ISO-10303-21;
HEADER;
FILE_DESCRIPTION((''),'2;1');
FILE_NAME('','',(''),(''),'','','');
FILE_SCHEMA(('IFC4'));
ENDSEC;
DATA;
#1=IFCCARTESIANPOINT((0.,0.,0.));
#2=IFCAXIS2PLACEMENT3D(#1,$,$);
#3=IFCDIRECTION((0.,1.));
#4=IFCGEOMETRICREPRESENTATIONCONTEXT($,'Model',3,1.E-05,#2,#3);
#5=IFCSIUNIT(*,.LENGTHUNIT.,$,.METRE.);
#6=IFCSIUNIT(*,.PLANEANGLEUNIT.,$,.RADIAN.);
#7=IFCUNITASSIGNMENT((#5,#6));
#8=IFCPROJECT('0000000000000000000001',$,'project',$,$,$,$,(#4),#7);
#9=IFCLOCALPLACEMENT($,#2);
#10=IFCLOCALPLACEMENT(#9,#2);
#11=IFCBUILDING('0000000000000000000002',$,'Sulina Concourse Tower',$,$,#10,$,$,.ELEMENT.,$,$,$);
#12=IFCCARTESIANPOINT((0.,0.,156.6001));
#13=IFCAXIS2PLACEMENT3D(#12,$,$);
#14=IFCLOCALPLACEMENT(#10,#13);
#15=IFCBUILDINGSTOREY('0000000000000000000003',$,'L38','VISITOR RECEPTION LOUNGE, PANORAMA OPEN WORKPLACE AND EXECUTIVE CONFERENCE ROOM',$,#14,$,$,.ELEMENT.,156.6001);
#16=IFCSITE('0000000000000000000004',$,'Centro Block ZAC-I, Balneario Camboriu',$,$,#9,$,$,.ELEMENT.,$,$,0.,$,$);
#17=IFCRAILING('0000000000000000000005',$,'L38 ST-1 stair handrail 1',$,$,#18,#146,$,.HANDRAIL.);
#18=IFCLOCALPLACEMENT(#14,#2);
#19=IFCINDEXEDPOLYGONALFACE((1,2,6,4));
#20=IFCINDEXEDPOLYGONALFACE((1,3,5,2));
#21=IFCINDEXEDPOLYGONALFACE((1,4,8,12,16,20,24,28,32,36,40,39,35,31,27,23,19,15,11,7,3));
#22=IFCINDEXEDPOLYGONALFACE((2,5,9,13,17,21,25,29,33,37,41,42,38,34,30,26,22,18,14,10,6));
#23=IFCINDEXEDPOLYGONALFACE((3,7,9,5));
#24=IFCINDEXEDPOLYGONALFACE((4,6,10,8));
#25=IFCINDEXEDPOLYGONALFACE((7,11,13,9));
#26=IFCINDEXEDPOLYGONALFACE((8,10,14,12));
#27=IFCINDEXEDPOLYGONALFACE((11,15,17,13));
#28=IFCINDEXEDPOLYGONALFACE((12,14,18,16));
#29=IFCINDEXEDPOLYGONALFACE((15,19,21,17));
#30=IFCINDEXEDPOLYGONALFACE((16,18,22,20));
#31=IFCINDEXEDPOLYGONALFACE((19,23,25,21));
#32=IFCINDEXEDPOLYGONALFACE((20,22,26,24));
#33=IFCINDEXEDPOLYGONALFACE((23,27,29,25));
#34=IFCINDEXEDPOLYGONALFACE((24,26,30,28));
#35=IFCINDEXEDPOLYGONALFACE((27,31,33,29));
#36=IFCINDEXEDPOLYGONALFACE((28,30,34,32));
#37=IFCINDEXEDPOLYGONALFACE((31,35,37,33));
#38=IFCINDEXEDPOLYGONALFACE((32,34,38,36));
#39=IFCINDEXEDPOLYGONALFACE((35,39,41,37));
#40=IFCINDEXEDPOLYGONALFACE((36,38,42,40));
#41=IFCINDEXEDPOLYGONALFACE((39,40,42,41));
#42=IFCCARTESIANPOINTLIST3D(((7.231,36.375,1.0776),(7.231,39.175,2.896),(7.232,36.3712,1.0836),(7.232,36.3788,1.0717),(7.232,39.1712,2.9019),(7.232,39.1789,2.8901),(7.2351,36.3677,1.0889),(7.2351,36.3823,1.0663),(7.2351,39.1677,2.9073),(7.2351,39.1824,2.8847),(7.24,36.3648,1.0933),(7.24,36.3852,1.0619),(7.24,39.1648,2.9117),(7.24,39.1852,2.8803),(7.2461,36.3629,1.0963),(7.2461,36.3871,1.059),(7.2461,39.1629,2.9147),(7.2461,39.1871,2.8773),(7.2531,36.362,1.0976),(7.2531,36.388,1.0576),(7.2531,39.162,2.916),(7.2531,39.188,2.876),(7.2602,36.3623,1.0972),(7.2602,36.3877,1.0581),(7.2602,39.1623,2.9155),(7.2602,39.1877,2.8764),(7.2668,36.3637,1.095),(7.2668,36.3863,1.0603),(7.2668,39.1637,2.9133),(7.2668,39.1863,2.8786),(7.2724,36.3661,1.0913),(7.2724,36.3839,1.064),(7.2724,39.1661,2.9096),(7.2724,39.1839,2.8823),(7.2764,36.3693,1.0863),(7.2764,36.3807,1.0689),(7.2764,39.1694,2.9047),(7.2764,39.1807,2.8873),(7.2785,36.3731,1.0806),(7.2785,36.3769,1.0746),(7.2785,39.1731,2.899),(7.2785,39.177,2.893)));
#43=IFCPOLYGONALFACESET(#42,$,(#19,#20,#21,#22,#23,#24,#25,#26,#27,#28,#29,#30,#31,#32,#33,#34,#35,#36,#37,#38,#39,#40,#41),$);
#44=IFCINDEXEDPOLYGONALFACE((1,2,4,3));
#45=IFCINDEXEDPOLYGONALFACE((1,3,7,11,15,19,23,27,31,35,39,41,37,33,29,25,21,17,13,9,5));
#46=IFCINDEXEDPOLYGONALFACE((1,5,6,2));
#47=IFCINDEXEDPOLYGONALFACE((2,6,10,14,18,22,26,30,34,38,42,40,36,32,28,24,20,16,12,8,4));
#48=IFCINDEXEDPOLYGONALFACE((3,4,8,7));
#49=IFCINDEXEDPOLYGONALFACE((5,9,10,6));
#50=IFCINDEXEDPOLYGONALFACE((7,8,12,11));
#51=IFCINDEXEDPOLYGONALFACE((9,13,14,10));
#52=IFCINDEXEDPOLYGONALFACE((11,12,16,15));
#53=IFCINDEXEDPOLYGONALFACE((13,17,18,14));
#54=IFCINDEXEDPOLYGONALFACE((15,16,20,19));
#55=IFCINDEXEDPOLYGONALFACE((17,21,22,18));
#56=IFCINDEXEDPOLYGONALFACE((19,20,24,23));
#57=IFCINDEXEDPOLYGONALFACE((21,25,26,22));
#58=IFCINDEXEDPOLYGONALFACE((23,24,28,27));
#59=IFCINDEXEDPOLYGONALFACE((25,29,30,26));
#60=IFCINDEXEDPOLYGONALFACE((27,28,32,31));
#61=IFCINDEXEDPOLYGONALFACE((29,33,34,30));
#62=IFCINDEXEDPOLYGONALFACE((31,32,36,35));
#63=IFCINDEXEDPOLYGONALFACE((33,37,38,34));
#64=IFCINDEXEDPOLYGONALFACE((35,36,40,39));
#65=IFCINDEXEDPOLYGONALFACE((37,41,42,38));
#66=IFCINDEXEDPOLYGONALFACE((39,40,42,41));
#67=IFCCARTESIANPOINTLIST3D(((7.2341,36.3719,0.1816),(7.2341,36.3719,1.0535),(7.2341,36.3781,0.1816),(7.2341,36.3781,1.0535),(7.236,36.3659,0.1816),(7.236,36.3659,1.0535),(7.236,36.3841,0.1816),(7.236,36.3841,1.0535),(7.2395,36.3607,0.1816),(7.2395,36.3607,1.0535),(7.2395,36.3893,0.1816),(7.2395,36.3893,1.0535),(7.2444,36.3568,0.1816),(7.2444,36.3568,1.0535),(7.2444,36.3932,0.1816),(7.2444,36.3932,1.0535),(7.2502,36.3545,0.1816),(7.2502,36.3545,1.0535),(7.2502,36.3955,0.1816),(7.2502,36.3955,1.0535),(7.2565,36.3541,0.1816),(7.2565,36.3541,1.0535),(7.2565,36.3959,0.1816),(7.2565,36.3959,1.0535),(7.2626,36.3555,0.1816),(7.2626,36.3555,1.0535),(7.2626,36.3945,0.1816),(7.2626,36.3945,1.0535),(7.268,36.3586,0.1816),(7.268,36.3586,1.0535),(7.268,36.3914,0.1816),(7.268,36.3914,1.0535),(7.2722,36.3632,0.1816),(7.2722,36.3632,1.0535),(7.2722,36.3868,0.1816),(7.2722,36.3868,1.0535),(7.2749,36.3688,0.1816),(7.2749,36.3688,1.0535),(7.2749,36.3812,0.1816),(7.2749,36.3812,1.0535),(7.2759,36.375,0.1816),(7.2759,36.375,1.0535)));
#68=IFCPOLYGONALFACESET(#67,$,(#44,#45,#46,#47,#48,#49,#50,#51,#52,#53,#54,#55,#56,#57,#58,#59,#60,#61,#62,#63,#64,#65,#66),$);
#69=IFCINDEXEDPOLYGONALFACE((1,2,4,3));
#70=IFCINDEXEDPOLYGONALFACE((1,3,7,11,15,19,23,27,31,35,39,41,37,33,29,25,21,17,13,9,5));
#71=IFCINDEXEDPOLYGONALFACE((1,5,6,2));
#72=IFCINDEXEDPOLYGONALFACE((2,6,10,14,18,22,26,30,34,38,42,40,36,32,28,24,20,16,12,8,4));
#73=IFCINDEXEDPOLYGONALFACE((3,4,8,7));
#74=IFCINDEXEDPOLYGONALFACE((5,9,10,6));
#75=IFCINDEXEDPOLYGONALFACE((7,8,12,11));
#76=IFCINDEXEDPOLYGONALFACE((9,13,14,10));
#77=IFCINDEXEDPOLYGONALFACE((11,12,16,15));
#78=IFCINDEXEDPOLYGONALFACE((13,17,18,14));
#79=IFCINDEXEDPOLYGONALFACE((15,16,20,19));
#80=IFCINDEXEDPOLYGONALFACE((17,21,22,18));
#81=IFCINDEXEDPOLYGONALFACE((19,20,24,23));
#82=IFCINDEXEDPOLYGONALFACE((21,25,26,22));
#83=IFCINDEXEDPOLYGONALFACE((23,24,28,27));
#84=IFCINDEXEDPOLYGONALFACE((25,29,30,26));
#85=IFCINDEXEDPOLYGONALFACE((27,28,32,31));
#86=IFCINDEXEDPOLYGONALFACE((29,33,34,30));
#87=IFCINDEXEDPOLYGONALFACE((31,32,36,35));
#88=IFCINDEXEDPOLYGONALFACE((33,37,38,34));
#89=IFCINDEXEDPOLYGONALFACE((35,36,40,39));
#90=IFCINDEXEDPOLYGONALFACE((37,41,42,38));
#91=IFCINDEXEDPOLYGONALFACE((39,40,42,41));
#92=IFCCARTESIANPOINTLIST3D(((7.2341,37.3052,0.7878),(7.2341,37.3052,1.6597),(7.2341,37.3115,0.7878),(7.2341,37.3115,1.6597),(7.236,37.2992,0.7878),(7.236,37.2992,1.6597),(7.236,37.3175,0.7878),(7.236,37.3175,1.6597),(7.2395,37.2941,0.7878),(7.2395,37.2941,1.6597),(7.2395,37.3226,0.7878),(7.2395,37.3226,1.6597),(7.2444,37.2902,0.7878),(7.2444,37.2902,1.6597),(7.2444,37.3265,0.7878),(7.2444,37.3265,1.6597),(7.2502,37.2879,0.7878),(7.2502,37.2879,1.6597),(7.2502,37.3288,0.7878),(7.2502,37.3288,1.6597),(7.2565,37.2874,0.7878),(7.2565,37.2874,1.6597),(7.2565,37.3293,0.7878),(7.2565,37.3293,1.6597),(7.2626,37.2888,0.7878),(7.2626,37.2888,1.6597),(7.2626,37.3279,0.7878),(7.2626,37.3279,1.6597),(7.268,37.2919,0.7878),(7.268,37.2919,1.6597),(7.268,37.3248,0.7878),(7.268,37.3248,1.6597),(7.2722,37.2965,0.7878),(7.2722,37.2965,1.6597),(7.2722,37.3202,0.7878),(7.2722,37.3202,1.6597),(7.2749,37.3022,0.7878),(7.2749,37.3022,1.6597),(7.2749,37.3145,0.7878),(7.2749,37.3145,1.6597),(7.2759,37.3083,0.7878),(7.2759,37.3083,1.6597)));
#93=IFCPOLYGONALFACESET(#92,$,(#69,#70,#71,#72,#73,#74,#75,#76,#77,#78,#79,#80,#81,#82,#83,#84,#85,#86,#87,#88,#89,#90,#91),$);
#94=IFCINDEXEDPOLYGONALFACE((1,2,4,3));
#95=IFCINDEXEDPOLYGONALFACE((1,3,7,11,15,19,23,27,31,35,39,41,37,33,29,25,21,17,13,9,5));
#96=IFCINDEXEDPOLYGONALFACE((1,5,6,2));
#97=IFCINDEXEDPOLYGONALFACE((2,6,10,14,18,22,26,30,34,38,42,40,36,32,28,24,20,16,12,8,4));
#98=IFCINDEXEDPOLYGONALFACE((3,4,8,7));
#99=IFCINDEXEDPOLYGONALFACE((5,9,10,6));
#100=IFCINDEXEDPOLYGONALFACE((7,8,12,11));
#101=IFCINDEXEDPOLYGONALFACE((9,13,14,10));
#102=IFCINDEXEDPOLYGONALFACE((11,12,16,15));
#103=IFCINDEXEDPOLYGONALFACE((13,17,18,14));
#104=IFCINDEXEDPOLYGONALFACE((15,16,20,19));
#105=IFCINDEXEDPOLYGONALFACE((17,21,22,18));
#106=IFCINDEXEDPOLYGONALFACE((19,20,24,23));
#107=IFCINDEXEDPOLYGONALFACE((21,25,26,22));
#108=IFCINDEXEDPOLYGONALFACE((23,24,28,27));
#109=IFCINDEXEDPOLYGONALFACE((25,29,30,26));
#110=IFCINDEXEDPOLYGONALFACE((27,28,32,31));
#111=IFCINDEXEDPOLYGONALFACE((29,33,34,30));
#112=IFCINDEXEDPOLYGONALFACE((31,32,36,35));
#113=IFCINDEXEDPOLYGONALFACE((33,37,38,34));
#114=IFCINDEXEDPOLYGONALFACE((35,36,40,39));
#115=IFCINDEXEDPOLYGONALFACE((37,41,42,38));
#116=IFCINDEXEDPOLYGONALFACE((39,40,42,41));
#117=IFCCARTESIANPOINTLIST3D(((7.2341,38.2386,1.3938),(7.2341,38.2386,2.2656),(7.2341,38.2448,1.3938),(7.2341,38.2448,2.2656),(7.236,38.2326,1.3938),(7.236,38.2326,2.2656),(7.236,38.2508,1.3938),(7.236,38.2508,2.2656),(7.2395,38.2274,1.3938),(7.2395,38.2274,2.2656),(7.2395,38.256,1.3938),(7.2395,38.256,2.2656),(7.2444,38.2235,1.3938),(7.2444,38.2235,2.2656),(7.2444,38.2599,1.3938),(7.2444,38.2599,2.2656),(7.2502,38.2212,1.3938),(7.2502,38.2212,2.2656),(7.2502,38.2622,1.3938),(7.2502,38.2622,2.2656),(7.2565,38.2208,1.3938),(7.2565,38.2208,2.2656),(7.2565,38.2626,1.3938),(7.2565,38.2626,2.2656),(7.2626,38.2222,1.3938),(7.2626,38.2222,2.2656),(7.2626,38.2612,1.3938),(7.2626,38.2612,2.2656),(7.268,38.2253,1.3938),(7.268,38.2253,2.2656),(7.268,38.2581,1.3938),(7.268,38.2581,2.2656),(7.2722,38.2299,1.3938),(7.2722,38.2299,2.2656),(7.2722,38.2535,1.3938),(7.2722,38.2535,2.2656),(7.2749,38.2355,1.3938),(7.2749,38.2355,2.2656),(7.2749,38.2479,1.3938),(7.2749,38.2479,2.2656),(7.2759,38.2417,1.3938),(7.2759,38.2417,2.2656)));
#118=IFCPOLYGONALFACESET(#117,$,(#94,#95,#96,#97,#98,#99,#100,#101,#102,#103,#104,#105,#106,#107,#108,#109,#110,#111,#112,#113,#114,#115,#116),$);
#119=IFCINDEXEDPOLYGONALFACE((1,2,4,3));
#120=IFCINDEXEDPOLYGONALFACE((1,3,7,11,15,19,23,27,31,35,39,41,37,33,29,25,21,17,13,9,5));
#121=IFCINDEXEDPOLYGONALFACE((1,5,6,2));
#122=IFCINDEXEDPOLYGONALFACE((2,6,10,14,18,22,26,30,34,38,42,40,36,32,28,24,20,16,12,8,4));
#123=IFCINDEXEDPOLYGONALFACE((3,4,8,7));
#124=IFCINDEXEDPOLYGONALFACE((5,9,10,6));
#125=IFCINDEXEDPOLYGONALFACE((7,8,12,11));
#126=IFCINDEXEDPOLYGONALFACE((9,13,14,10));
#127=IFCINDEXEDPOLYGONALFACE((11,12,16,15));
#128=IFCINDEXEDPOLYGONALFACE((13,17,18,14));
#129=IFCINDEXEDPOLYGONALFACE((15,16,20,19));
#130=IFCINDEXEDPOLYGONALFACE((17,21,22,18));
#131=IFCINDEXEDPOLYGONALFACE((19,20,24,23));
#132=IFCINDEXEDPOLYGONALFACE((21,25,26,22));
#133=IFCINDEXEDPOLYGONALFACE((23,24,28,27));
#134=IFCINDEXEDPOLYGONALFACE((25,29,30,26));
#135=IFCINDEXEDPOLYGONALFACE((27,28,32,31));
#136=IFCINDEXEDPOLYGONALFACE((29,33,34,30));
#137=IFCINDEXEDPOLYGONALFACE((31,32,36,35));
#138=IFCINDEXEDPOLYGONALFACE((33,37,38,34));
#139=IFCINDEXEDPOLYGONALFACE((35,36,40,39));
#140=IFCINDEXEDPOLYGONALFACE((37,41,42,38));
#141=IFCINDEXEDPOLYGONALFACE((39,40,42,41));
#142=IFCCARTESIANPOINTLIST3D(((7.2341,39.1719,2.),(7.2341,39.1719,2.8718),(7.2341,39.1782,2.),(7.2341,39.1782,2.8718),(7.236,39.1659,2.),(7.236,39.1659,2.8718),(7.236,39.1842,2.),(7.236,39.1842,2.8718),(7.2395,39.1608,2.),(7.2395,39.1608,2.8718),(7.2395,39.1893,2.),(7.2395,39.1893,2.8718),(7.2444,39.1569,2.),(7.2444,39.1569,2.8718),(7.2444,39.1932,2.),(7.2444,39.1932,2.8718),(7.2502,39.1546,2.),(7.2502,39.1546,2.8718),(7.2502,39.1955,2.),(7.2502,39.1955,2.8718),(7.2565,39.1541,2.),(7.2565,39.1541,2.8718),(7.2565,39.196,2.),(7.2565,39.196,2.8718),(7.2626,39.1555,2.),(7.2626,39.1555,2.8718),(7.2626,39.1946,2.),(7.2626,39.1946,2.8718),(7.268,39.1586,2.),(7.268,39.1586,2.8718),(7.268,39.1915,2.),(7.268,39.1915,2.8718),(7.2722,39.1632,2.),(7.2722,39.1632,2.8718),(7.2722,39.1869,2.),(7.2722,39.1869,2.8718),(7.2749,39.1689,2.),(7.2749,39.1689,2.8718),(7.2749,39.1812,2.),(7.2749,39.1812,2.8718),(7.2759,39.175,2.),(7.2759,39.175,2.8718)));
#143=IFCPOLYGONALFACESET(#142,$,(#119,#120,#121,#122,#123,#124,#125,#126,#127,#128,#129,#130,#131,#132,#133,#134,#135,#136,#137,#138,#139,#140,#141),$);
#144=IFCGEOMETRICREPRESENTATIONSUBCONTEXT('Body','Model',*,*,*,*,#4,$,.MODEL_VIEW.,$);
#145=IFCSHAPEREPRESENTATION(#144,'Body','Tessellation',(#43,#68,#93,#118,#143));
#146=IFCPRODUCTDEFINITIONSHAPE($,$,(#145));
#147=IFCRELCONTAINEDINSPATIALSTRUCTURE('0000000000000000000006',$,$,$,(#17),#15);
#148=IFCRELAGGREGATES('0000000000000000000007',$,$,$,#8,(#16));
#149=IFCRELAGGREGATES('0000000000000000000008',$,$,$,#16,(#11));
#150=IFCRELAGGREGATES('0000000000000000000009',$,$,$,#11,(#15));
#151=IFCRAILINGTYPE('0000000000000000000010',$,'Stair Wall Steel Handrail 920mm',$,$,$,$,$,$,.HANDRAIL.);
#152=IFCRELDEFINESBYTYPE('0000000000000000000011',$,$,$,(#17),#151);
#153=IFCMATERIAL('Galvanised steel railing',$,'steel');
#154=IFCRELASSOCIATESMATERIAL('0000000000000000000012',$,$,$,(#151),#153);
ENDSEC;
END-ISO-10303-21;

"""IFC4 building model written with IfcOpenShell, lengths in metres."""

from ifc_helpers import new_model, si_unit, direction, frame, origin, origin_2d, place, context, subcontext, project, spatial, circle, extrude, material, type_object, element, save


model = new_model("IFC4")

# Units and contexts
model_context = context("Model", 3, precision=1e-05, world=origin(), true_north=direction((0.0, 1.0)))
body_context = subcontext(model_context, "Body", "Model", "MODEL_VIEW")
ifc_project = project(units=[si_unit("LENGTHUNIT", "METRE"), si_unit("PLANEANGLEUNIT", "RADIAN")], contexts=[model_context])

# Site, building, storey
site_placement = place(None, origin())
site = spatial("IfcSite", under=ifc_project, at=site_placement, Name="Centro Block ZAC-I, Balneario Camboriu", CompositionType="ELEMENT", RefElevation=0.0)
building_placement = place(site_placement, origin())
building = spatial("IfcBuilding", under=site, at=building_placement, Name="Sulina Concourse Tower", CompositionType="ELEMENT")
storey_placement = place(building_placement, frame((0.0, 0.0, 156.6001)))
storey = spatial("IfcBuildingStorey", under=building, at=storey_placement, Name="L38", Description="VISITOR RECEPTION LOUNGE, PANORAMA OPEN WORKPLACE AND EXECUTIVE CONFERENCE ROOM", CompositionType="ELEMENT", Elevation=156.6001)

# Railing
ifc_material_1 = material(Name="Galvanised steel railing", Category="steel")
railing_type_1 = type_object("IfcRailingType", Name="Stair Wall Steel Handrail 920mm", PredefinedType="HANDRAIL", material=ifc_material_1)
railing_1_placement = place(storey_placement, frame((7.2549, 36.375, 0.1816)))
element("IfcRailing", 1, at=railing_1_placement, inside=storey, type_object=railing_type_1, Name="L38 ST-1 stair handrail 1", PredefinedType="HANDRAIL", context=body_context, shape_type="SweptSolid", body=[
    extrude(circle(Radius=0.0239, at=origin_2d()), frame((0.0, 0.0, 0.896), z_axis=(0.0, 0.838672, 0.544636), x_axis=(-1.0, 0.0, 0.0)), (0.0, 0.0, 1.0), 3.3386),
    extrude(circle(Radius=0.021, at=origin_2d()), origin(), (0.0, 0.0, 1.0), 0.8718),
    extrude(circle(Radius=0.021, at=origin_2d()), frame((0.0, 0.9333, 0.6062)), (0.0, 0.0, 1.0), 0.8718),
    extrude(circle(Radius=0.021, at=origin_2d()), frame((0.0, 1.8667, 1.2122)), (0.0, 0.0, 1.0), 0.8718),
    extrude(circle(Radius=0.021, at=origin_2d()), frame((0.0, 2.8, 1.8184)), (0.0, 0.0, 1.0), 0.8718),
])

save(model, "model.ifc")
